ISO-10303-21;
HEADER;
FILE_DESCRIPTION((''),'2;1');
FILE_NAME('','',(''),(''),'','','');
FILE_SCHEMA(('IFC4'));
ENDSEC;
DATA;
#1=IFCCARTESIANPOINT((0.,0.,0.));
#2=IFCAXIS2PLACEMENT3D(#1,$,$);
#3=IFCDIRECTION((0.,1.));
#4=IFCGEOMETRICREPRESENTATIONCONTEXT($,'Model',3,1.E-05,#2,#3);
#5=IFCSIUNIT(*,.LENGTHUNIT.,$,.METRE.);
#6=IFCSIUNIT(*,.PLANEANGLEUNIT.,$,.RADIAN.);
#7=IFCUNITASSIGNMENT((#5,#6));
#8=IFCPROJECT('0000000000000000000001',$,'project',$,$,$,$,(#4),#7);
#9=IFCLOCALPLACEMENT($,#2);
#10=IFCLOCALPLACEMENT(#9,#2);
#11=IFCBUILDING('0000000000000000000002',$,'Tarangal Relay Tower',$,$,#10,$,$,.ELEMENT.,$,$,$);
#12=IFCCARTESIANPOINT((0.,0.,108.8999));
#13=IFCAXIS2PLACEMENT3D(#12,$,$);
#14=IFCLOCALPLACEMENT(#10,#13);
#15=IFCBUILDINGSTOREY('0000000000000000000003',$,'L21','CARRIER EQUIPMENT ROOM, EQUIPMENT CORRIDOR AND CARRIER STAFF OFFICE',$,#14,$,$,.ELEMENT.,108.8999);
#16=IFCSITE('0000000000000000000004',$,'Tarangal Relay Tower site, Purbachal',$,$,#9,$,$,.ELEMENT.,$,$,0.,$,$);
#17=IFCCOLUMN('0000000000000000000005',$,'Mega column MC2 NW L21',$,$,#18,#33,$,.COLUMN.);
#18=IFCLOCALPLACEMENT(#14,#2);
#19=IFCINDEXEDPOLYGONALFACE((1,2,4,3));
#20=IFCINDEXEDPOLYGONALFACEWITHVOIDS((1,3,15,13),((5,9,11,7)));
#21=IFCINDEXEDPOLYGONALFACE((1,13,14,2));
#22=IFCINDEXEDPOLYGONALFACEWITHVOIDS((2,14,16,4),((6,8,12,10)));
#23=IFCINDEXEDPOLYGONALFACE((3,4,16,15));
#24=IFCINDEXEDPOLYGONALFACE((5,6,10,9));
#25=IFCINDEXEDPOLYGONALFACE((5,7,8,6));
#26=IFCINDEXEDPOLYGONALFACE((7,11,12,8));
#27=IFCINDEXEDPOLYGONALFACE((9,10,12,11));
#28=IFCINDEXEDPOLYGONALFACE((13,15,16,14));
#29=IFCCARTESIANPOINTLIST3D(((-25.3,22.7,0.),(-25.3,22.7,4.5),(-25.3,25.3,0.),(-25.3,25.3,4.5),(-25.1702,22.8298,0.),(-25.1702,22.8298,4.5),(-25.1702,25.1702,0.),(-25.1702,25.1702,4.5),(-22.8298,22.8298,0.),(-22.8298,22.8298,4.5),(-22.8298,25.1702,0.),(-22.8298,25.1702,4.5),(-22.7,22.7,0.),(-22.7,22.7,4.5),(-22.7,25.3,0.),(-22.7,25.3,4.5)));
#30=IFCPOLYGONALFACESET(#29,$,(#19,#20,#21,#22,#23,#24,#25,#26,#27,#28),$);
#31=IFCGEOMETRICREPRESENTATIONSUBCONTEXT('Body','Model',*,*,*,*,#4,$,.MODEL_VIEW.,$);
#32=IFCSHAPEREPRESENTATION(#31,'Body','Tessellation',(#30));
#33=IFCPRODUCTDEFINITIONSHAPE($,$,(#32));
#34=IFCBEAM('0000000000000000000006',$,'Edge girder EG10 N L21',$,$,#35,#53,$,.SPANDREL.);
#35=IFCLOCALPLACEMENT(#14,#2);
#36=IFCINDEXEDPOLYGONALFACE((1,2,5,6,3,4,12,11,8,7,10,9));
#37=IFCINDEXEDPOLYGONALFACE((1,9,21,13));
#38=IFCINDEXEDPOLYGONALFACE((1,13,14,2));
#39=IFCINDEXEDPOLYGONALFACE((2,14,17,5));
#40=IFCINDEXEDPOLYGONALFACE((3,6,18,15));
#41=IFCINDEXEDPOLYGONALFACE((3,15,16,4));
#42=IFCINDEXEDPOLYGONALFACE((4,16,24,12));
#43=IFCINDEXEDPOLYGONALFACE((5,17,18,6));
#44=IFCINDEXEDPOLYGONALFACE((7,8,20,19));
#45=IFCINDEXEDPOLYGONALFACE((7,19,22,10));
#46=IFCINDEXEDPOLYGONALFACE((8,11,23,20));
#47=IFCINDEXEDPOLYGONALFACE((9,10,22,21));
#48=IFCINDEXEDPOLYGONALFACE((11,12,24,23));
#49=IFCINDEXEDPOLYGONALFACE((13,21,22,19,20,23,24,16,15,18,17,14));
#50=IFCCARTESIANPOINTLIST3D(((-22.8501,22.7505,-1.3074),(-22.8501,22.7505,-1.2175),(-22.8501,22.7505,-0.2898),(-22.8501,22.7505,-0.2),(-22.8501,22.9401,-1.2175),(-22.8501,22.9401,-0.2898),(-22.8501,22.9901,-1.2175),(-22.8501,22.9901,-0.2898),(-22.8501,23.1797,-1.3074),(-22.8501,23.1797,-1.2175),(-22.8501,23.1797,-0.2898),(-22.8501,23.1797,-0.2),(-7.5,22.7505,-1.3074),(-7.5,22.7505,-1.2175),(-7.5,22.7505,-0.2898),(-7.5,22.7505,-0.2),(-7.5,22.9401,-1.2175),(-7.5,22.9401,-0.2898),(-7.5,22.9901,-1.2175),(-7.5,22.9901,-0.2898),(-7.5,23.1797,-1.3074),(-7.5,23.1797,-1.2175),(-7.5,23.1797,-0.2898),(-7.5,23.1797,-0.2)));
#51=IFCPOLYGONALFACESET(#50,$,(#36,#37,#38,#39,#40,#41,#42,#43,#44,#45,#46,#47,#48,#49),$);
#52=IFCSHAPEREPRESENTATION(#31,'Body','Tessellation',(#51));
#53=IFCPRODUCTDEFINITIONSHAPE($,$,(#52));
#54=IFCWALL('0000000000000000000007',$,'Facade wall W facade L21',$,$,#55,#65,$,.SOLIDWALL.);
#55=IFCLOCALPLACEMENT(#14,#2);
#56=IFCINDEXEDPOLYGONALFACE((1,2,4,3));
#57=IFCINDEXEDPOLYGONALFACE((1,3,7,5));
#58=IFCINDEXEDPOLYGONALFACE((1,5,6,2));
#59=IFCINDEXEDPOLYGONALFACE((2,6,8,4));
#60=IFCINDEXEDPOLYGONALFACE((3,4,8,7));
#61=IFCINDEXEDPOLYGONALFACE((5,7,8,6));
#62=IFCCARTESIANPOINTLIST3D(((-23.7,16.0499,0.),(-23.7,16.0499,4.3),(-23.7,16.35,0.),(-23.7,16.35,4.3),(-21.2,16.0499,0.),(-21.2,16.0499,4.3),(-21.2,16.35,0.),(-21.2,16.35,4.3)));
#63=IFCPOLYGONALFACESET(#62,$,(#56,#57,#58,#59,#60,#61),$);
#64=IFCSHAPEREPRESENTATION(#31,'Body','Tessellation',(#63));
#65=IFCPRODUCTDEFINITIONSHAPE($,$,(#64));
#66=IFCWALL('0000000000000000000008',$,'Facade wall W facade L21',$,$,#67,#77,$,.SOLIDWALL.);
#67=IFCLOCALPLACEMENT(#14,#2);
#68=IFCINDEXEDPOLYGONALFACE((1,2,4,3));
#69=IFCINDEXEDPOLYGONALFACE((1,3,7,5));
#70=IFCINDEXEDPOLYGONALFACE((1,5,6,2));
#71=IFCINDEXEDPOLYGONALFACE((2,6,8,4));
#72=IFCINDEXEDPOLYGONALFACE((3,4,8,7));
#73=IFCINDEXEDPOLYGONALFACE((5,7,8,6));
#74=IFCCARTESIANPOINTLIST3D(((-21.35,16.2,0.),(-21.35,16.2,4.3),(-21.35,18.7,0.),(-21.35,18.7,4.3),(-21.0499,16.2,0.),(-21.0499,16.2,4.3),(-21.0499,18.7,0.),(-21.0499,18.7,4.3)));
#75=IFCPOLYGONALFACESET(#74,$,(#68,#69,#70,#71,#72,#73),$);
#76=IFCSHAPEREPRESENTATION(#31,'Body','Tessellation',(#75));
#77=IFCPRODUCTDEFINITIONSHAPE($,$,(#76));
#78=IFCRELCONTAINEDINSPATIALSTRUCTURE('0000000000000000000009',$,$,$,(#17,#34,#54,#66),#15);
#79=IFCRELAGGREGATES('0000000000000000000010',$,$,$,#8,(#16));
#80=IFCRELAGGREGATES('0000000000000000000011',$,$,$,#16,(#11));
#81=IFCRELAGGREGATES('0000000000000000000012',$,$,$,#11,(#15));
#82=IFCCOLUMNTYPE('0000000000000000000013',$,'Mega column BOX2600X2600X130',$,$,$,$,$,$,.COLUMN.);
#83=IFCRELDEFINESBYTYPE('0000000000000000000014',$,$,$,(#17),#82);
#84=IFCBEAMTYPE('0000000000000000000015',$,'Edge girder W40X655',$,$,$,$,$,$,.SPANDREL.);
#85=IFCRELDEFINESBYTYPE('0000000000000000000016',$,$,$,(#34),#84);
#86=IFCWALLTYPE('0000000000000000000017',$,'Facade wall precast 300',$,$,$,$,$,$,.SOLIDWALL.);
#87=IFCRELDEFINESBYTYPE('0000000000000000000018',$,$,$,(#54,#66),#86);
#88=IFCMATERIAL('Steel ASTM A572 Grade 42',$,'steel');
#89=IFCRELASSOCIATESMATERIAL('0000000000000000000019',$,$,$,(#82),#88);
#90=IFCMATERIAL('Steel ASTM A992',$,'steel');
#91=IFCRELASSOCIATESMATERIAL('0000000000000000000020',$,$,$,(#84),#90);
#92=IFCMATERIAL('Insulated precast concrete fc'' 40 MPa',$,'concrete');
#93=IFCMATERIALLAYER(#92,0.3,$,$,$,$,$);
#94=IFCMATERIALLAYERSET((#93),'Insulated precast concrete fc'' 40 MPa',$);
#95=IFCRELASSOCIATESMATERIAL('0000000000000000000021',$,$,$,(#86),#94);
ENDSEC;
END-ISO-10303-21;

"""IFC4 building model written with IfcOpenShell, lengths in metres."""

from ifc_helpers import new_model, si_unit, direction, frame, frame_2d, origin, origin_2d, place, context, subcontext, project, spatial, rectangle, hollow_rectangle, i_section, extrude, material, layer, layer_set, material_profile, profile_set, type_object, element, save


model = new_model("IFC4")

# Units and contexts
model_context = context("Model", 3, precision=1e-05, world=origin(), true_north=direction((0.0, 1.0)))
body_context = subcontext(model_context, "Body", "Model", "MODEL_VIEW")
ifc_project = project(units=[si_unit("LENGTHUNIT", "METRE"), si_unit("PLANEANGLEUNIT", "RADIAN")], contexts=[model_context])

# Site, building, storey
site_placement = place(None, origin())
site = spatial("IfcSite", under=ifc_project, at=site_placement, Name="Tarangal Relay Tower site, Purbachal", CompositionType="ELEMENT", RefElevation=0.0)
building_placement = place(site_placement, origin())
building = spatial("IfcBuilding", under=site, at=building_placement, Name="Tarangal Relay Tower", CompositionType="ELEMENT")
storey_placement = place(building_placement, frame((0.0, 0.0, 108.8999)))
storey = spatial("IfcBuildingStorey", under=building, at=storey_placement, Name="L21", Description="CARRIER EQUIPMENT ROOM, EQUIPMENT CORRIDOR AND CARRIER STAFF OFFICE", CompositionType="ELEMENT", Elevation=108.8999)

# Column
ifc_material_1 = material(Name="Steel ASTM A572 Grade 42", Category="steel")
ifc_material_profile_1 = material_profile(ifc_material_1, hollow_rectangle(XDim=2.6001, YDim=2.6001, WallThickness=0.1299, at=origin_2d()), Name="BOX2600X2600X130")
ifc_profile_set_1 = profile_set([ifc_material_profile_1], Name="Steel ASTM A572 Grade 42")
column_type = type_object("IfcColumnType", Name="Mega column BOX2600X2600X130", PredefinedType="COLUMN", material=ifc_profile_set_1)
column_placement = place(storey_placement, frame((-24.0, 24.0, 0.0), z_axis=(0.0, 0.0, 1.0), x_axis=(1.0, 0.0, 0.0)))
element("IfcColumn", 1, at=column_placement, inside=storey, type_object=column_type, Name="Mega column MC2 NW L21", PredefinedType="COLUMN", context=body_context, shape_type="SweptSolid", body=[
    extrude(hollow_rectangle(XDim=2.6001, YDim=2.6001, WallThickness=0.1299, at=origin_2d()), origin(), (0.0, 0.0, 1.0), 4.5),
])

# Beam
ifc_material_2 = material(Name="Steel ASTM A992", Category="steel")
ifc_material_profile_2 = material_profile(ifc_material_2, i_section(OverallWidth=0.4292, OverallDepth=1.1074, WebThickness=0.05, FlangeThickness=0.0898, at=origin_2d()), Name="W40X655")
ifc_profile_set_2 = profile_set([ifc_material_profile_2], Name="Steel ASTM A992")
beam_type = type_object("IfcBeamType", Name="Edge girder W40X655", PredefinedType="SPANDREL", material=ifc_profile_set_2)
beam_placement = place(storey_placement, frame((-22.8501, 22.9651, -0.7537), z_axis=(1.0, 0.0, 0.0), x_axis=(0.0, 1.0, 0.0)))
element("IfcBeam", 2, at=beam_placement, inside=storey, type_object=beam_type, Name="Edge girder EG10 N L21", PredefinedType="SPANDREL", context=body_context, shape_type="SweptSolid", body=[
    extrude(i_section(OverallWidth=0.4292, OverallDepth=1.1074, WebThickness=0.05, FlangeThickness=0.0898, at=origin_2d()), origin(), (0.0, 0.0, 1.0), 15.3501),
])

# Walls
ifc_material_3 = material(Name="Insulated precast concrete fc' 40 MPa", Category="concrete")
ifc_layer = layer(ifc_material_3, 0.3)
ifc_layer_set = layer_set([ifc_layer], Name="Insulated precast concrete fc' 40 MPa")
wall_type = type_object("IfcWallType", Name="Facade wall precast 300", PredefinedType="SOLIDWALL", material=ifc_layer_set)
for number, where, z_axis, x_axis, name in (
    (3, (-23.7, 16.2, 0.0), (0.0, 0.0, 1.0), (1.0, 0.0, 0.0), "Facade wall W facade L21"),
    (4, (-21.2, 16.2, 0.0), (0.0, 0.0, 1.0), (0.0, 1.0, 0.0), "Facade wall W facade L21"),
):
    element("IfcWall", number, at=place(storey_placement, frame(where, z_axis=z_axis, x_axis=x_axis)), inside=storey, type_object=wall_type, Name=name, PredefinedType="SOLIDWALL", context=body_context, shape_type="SweptSolid", body=[
        extrude(rectangle(XDim=2.5, YDim=0.3, at=frame_2d((1.25, 0.0))), origin(), (0.0, 0.0, 1.0), 4.3),
    ])

save(model, "model.ifc")
